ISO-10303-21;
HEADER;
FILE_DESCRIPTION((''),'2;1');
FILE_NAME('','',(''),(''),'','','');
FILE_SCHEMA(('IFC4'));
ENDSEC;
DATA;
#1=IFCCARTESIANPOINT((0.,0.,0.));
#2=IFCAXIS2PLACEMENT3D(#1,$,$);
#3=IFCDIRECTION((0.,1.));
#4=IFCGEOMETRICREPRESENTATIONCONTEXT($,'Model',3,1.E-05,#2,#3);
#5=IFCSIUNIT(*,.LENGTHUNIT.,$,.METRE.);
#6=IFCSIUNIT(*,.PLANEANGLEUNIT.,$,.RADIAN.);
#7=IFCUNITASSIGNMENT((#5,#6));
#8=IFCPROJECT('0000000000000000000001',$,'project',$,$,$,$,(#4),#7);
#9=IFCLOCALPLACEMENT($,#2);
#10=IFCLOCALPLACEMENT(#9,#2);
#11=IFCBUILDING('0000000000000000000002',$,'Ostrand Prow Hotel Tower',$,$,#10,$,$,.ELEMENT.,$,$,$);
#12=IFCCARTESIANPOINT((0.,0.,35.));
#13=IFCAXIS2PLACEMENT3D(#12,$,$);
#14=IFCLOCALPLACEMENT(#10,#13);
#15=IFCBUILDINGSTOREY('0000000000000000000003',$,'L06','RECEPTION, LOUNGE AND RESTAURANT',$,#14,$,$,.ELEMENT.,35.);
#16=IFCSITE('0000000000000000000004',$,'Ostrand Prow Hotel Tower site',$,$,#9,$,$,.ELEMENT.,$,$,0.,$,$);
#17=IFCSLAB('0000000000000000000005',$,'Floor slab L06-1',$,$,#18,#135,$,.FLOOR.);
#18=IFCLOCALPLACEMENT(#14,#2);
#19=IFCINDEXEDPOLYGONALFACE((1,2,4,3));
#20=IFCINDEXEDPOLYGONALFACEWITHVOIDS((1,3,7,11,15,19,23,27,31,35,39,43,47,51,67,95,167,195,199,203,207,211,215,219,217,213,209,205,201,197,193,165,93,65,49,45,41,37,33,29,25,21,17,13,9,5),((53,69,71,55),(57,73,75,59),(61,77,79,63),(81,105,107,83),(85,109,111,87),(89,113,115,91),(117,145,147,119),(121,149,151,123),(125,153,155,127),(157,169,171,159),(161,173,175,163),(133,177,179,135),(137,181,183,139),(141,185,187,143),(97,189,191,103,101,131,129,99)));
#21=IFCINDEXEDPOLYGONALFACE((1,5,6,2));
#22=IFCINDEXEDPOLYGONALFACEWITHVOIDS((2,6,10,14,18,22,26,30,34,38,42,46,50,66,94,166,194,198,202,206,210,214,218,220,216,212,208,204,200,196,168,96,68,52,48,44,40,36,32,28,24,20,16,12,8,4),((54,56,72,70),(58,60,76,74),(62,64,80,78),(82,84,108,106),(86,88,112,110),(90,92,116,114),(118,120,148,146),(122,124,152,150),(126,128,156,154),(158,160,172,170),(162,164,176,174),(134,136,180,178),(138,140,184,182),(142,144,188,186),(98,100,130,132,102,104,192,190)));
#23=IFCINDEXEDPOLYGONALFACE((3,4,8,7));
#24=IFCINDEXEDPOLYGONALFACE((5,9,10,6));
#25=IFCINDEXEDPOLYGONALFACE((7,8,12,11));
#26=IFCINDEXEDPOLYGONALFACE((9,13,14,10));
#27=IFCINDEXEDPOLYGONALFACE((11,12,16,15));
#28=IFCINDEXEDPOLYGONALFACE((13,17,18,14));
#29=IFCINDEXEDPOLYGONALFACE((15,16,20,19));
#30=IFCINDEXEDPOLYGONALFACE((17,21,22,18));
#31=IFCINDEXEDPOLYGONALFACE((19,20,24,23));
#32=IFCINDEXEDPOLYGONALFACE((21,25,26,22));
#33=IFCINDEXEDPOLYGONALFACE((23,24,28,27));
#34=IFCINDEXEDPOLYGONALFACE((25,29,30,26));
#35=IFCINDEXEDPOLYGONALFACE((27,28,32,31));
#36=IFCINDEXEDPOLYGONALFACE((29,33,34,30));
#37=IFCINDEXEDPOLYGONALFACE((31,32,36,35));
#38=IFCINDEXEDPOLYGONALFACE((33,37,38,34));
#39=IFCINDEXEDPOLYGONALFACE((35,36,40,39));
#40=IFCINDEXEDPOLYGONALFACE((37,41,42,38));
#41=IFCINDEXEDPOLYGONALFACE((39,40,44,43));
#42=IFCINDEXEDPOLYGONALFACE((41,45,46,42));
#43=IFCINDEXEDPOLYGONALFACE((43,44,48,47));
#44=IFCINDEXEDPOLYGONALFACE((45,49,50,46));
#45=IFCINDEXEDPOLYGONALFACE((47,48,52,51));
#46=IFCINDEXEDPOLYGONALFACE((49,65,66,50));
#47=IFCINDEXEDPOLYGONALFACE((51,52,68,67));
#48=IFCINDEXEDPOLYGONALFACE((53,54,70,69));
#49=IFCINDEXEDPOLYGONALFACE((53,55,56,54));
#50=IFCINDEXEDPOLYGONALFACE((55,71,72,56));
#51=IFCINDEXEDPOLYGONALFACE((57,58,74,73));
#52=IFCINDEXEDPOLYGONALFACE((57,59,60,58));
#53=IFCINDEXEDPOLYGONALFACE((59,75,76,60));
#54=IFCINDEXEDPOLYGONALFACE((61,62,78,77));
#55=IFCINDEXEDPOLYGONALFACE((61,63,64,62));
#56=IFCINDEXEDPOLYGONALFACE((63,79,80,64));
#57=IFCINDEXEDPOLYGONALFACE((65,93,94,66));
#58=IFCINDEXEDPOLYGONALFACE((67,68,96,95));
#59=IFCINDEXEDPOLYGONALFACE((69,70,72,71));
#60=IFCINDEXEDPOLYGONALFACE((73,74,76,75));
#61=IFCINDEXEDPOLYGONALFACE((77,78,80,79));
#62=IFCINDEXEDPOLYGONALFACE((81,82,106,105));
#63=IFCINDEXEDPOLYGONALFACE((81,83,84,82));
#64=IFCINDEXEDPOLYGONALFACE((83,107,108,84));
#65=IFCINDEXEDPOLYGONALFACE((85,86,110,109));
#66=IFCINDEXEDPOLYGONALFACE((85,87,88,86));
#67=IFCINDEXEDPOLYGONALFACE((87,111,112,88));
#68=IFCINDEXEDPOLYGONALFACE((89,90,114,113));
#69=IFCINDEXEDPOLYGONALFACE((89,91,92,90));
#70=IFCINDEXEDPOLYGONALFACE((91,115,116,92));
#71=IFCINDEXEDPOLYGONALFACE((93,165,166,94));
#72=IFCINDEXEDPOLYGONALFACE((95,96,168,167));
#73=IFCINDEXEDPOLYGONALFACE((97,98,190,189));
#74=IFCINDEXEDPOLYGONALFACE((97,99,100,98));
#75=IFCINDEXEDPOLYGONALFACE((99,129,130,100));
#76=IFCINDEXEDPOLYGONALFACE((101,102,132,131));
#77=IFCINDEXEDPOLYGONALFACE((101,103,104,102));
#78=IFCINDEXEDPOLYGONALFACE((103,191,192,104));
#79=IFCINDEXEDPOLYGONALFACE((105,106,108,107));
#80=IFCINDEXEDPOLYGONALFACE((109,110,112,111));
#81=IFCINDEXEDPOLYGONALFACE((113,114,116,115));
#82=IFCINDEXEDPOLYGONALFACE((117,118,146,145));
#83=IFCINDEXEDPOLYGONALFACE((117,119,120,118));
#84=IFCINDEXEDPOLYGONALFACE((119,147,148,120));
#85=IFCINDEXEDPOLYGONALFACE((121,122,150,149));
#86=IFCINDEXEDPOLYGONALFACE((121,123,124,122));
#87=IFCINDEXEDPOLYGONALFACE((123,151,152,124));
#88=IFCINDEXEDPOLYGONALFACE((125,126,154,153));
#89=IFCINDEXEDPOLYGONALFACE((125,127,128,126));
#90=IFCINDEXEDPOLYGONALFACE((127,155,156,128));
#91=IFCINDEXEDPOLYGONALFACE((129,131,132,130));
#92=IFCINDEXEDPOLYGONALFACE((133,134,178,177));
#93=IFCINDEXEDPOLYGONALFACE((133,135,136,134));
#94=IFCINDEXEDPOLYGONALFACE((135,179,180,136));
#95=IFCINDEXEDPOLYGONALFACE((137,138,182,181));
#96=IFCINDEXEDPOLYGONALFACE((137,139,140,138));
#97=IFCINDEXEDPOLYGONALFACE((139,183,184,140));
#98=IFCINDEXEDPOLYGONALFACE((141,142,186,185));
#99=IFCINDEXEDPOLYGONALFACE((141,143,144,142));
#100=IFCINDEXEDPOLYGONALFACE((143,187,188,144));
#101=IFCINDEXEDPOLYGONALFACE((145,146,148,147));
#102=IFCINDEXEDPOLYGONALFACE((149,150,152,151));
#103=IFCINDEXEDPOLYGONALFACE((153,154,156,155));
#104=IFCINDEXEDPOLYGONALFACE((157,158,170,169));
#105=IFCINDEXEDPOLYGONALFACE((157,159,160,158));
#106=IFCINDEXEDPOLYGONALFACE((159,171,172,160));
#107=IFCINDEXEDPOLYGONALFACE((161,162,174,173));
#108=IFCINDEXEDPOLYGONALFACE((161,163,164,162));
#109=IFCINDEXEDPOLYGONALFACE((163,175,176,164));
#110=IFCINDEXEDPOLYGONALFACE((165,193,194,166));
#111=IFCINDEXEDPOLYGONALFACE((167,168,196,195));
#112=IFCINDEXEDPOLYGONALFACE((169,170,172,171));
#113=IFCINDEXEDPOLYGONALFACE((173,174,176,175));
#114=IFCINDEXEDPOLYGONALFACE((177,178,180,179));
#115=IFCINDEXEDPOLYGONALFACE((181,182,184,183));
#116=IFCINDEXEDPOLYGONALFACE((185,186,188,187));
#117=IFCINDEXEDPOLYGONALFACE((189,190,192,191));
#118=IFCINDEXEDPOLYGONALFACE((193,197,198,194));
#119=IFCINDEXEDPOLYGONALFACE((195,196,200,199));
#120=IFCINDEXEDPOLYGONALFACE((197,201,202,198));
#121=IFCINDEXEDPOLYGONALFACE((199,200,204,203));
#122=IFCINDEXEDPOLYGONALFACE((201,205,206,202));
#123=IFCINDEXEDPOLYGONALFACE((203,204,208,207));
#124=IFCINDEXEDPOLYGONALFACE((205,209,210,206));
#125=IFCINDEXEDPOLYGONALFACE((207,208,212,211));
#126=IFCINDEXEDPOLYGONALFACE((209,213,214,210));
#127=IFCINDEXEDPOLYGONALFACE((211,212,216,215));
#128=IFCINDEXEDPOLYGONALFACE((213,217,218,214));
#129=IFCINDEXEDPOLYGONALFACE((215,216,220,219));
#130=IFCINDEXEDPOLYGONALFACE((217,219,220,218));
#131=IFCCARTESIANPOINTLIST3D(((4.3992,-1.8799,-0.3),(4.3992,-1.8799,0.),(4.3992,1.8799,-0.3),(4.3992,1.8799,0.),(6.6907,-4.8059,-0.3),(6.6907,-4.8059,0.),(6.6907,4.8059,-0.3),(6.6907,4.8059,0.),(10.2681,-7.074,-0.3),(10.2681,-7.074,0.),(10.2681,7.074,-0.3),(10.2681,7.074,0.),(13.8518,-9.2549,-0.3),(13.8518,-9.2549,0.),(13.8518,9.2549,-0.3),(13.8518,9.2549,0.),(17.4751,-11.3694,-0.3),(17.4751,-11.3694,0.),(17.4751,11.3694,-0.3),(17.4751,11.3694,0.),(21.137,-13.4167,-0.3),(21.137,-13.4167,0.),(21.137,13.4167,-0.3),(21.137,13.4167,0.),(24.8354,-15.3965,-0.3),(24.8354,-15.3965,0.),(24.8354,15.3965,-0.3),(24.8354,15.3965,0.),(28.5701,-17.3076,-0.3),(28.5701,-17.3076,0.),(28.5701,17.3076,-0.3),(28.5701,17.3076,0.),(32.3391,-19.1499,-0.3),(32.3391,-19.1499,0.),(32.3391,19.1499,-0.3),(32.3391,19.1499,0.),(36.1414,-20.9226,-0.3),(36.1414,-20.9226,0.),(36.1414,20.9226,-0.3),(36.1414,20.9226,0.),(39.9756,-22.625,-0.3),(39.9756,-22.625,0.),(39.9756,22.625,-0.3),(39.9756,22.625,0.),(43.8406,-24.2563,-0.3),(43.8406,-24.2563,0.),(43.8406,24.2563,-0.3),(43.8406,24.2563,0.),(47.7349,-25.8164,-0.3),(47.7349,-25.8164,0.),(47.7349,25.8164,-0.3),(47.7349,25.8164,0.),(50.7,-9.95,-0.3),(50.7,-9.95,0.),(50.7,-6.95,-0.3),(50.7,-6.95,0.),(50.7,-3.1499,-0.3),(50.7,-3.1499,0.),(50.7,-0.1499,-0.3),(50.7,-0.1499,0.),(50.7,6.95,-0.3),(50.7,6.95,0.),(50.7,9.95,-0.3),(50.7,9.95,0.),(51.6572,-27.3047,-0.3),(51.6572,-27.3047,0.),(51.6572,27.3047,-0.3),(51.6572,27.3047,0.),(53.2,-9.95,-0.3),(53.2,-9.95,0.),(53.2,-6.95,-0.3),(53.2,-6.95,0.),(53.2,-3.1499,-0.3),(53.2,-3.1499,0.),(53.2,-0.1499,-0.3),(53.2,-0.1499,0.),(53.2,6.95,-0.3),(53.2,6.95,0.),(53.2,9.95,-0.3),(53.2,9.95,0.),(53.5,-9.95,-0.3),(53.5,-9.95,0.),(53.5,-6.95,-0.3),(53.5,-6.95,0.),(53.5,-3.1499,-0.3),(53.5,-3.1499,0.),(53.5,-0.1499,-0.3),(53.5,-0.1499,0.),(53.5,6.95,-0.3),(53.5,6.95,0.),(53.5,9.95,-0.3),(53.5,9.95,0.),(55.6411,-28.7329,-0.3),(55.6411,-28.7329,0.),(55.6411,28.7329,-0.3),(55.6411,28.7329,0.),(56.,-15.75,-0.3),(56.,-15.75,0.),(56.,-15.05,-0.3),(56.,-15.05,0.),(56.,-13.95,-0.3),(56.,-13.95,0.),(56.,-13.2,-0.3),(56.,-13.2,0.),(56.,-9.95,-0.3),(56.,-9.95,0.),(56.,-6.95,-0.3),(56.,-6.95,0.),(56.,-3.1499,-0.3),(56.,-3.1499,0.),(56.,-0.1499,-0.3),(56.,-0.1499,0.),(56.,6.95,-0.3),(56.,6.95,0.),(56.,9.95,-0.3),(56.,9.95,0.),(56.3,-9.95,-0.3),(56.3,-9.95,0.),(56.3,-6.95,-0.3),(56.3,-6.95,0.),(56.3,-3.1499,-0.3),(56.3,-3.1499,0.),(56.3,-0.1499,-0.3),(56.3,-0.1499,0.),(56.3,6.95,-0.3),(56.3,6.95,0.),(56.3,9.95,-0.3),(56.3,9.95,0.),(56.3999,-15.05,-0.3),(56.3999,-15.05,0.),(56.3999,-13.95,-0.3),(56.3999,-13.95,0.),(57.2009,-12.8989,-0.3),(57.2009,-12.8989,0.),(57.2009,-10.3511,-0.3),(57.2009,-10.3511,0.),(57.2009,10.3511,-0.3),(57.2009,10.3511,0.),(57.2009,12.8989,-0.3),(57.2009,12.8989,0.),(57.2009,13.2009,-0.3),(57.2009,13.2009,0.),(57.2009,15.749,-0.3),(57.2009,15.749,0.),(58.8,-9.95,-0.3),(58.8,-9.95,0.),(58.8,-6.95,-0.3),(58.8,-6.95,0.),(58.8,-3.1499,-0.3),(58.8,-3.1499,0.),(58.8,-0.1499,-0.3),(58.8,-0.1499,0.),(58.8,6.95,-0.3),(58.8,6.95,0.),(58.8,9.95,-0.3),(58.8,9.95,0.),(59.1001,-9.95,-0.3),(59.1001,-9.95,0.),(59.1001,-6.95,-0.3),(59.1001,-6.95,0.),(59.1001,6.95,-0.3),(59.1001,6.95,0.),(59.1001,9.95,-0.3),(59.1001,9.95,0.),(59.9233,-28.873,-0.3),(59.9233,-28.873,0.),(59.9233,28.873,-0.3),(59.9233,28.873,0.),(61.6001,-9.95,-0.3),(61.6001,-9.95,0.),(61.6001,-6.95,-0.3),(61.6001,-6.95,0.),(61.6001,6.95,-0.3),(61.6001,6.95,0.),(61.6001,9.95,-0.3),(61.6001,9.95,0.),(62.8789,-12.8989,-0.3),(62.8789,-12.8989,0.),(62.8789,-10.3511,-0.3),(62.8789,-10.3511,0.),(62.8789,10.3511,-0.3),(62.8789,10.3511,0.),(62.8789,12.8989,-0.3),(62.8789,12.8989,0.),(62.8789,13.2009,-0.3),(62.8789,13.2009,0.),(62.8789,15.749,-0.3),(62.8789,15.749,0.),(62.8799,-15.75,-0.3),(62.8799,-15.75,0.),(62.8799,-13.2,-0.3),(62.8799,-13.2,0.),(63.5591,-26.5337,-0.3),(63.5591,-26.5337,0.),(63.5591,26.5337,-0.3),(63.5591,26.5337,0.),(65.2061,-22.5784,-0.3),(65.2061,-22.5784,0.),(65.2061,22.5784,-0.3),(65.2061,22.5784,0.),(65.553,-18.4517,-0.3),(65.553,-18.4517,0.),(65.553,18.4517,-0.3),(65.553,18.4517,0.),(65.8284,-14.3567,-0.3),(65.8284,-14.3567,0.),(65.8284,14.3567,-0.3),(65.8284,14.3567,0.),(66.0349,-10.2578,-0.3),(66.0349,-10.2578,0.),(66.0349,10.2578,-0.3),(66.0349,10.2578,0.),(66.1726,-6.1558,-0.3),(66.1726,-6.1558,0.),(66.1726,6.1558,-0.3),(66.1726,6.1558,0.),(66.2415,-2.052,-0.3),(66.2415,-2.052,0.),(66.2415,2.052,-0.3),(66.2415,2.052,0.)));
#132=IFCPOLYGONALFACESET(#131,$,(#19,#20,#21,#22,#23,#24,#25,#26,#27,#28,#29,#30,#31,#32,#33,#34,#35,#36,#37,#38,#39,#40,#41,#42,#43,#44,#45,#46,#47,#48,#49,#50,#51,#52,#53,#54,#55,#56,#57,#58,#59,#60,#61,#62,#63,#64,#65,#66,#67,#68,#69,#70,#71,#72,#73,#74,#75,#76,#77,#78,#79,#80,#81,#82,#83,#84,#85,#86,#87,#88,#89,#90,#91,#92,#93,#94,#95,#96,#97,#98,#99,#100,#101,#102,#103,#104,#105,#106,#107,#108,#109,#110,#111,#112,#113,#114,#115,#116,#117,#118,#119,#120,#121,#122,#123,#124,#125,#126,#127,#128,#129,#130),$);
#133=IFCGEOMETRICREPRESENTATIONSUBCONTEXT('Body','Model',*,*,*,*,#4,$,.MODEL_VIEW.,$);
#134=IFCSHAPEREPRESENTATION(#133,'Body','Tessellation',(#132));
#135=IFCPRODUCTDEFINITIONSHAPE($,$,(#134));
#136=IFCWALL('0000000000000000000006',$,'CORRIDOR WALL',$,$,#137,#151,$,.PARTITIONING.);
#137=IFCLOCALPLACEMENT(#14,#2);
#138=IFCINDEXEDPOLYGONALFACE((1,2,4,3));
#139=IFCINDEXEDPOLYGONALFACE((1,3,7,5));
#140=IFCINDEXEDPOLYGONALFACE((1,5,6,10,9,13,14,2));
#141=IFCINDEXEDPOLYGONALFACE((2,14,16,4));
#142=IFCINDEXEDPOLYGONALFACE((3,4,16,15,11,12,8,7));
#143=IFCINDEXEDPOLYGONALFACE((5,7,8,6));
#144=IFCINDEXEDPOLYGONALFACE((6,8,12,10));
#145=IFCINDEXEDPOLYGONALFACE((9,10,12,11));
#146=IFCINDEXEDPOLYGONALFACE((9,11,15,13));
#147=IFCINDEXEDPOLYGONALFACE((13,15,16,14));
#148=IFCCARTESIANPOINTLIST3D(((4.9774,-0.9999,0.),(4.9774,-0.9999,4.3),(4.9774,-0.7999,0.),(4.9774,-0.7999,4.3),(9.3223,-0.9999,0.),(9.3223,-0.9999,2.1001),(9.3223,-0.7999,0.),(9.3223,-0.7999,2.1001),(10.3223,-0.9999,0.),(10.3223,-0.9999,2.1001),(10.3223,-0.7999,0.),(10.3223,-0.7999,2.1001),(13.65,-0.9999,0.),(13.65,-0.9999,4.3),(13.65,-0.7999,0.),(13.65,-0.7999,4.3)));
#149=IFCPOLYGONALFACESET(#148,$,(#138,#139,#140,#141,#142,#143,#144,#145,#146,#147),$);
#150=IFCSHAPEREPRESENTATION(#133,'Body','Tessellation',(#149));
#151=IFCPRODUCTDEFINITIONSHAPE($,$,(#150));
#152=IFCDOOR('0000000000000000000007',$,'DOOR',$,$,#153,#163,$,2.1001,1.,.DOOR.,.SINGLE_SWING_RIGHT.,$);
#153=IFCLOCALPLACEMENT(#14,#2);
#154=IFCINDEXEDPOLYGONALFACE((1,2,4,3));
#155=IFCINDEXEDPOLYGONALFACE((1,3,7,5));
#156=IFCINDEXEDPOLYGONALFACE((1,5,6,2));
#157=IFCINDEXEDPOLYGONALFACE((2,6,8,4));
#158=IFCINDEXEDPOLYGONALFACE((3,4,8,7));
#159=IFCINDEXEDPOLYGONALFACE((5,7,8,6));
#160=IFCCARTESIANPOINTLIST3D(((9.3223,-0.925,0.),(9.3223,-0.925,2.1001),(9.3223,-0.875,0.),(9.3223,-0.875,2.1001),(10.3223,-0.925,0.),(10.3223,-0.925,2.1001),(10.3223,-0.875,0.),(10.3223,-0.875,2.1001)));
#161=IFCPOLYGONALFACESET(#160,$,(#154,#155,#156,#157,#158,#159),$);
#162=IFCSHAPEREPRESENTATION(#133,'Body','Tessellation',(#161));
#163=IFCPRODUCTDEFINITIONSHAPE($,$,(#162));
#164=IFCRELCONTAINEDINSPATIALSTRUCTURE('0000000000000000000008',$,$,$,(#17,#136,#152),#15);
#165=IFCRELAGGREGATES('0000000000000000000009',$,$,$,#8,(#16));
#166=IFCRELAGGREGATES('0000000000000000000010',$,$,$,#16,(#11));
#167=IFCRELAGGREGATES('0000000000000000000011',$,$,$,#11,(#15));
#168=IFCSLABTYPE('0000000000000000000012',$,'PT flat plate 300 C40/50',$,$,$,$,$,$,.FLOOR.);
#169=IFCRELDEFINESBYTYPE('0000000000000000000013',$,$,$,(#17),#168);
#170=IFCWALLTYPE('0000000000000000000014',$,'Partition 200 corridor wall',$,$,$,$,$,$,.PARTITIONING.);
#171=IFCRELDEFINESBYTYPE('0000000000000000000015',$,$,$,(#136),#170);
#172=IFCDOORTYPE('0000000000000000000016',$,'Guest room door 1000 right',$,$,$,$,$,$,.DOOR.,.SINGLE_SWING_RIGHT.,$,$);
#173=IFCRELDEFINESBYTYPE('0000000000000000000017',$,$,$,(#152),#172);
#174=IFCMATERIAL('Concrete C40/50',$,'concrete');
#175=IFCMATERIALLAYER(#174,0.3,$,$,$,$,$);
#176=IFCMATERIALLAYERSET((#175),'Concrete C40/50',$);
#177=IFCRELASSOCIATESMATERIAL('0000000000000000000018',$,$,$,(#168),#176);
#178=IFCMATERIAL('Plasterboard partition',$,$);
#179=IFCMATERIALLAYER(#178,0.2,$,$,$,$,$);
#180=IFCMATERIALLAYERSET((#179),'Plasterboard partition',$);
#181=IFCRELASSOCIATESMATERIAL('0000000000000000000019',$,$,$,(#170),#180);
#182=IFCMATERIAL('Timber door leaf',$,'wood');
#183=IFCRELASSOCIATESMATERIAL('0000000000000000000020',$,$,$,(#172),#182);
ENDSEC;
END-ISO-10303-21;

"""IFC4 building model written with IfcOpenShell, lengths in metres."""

from ifc_helpers import new_model, si_unit, direction, frame, frame_2d, origin, place, context, subcontext, project, spatial, polyline, rectangle, outline, extrude, material, layer, layer_set, type_object, element, fill, save


model = new_model("IFC4")

# Units and contexts
model_context = context("Model", 3, precision=1e-05, world=origin(), true_north=direction((0.0, 1.0)))
body_context = subcontext(model_context, "Body", "Model", "MODEL_VIEW")
ifc_project = project(units=[si_unit("LENGTHUNIT", "METRE"), si_unit("PLANEANGLEUNIT", "RADIAN")], contexts=[model_context])

# Site, building, storey
site_placement = place(None, origin())
site = spatial("IfcSite", under=ifc_project, at=site_placement, Name="Ostrand Prow Hotel Tower site", CompositionType="ELEMENT", RefElevation=0.0)
building_placement = place(site_placement, origin())
building = spatial("IfcBuilding", under=site, at=building_placement, Name="Ostrand Prow Hotel Tower", CompositionType="ELEMENT")
storey_placement = place(building_placement, frame((0.0, 0.0, 35.0)))
storey = spatial("IfcBuildingStorey", under=building, at=storey_placement, Name="L06", Description="RECEPTION, LOUNGE AND RESTAURANT", CompositionType="ELEMENT", Elevation=35.0)

# Slab, opening
ifc_material_1 = material(Name="Concrete C40/50", Category="concrete")
ifc_layer_1 = layer(ifc_material_1, 0.3)
ifc_layer_set_1 = layer_set([ifc_layer_1], Name="Concrete C40/50")
slab_type = type_object("IfcSlabType", Name="PT flat plate 300 C40/50", PredefinedType="FLOOR", material=ifc_layer_set_1)
slab_placement = place(storey_placement, frame((0.0, 0.0, -0.3)))
slab = element("IfcSlab", 1, at=slab_placement, inside=storey, type_object=slab_type, Name="Floor slab L06-1", PredefinedType="FLOOR", context=body_context, shape_type="SweptSolid", body=[
    extrude(outline(polyline([(6.6907, 4.8059), (10.2681, 7.074), (13.8518, 9.2549), (17.4751, 11.3694), (21.137, 13.4167), (24.8354, 15.3965), (28.5701, 17.3076), (32.3391, 19.1499), (36.1414, 20.9226), (39.9756, 22.625), (43.8406, 24.2563), (47.7349, 25.8164), (51.6572, 27.3047), (55.6411, 28.7329), (59.9233, 28.873), (63.5591, 26.5337), (65.2061, 22.5784), (65.553, 18.4517), (65.8284, 14.3567), (66.0349, 10.2578), (66.1726, 6.1558), (66.2415, 2.052), (66.2415, -2.052), (66.1726, -6.1558), (66.0349, -10.2578), (65.8284, -14.3567), (65.553, -18.4517), (65.2061, -22.5784), (63.5591, -26.5337), (59.9233, -28.873), (55.6411, -28.7329), (51.6572, -27.3047), (47.7349, -25.8164), (43.8406, -24.2563), (39.9756, -22.625), (36.1414, -20.9226), (32.3391, -19.1499), (28.5701, -17.3076), (24.8354, -15.3965), (21.137, -13.4167), (17.4751, -11.3694), (13.8518, -9.2549), (10.2681, -7.074), (6.6907, -4.8059), (4.3992, -1.8799), (4.3992, 1.8799), (6.6907, 4.8059)]), holes=[polyline([(50.7, 6.95), (53.2, 6.95), (53.2, 9.95), (50.7, 9.95), (50.7, 6.95)]), polyline([(53.5, 6.95), (56.0, 6.95), (56.0, 9.95), (53.5, 9.95), (53.5, 6.95)]), polyline([(56.3, 6.95), (58.8, 6.95), (58.8, 9.95), (56.3, 9.95), (56.3, 6.95)]), polyline([(59.1001, 6.95), (61.6001, 6.95), (61.6001, 9.95), (59.1001, 9.95), (59.1001, 6.95)]), polyline([(50.7, -3.1499), (53.2, -3.1499), (53.2, -0.1499), (50.7, -0.1499), (50.7, -3.1499)]), polyline([(53.5, -3.1499), (56.0, -3.1499), (56.0, -0.1499), (53.5, -0.1499), (53.5, -3.1499)]), polyline([(56.3, -3.1499), (58.8, -3.1499), (58.8, -0.1499), (56.3, -0.1499), (56.3, -3.1499)]), polyline([(50.7, -9.95), (53.2, -9.95), (53.2, -6.95), (50.7, -6.95), (50.7, -9.95)]), polyline([(53.5, -9.95), (56.0, -9.95), (56.0, -6.95), (53.5, -6.95), (53.5, -9.95)]), polyline([(56.3, -9.95), (58.8, -9.95), (58.8, -6.95), (56.3, -6.95), (56.3, -9.95)]), polyline([(59.1001, -9.95), (61.6001, -9.95), (61.6001, -6.95), (59.1001, -6.95), (59.1001, -9.95)]), polyline([(57.2009, 10.3511), (57.2009, 12.8989), (62.8789, 12.8989), (62.8789, 10.3511), (57.2009, 10.3511)]), polyline([(57.2009, 13.2009), (57.2009, 15.749), (62.8789, 15.749), (62.8789, 13.2009), (57.2009, 13.2009)]), polyline([(57.2009, -12.8989), (57.2009, -10.3511), (62.8789, -10.3511), (62.8789, -12.8989), (57.2009, -12.8989)]), polyline([(56.0, -13.2), (62.8799, -13.2), (62.8799, -15.75), (56.0, -15.75), (56.0, -15.05), (56.3999, -15.05), (56.3999, -13.95), (56.0, -13.95), (56.0, -13.2)])]), origin(), (0.0, 0.0, 1.0), 0.3),
])
opening_1_placement = place(slab_placement, origin())
element("IfcOpeningElement", 2, at=opening_1_placement, cuts=slab, PredefinedType="OPENING", context=body_context, shape_type="SweptSolid", body=[
    extrude(outline(polyline([(56.0, -13.2), (62.8799, -13.2), (62.8799, -15.75), (56.0, -15.75), (56.0, -15.05), (56.3999, -15.05), (56.3999, -13.95), (56.0, -13.95), (56.0, -13.2)])), origin(), (0.0, 0.0, 1.0), 0.3),
])

# Wall, opening, door
ifc_material_2 = material(Name="Plasterboard partition")
ifc_layer_2 = layer(ifc_material_2, 0.2)
ifc_layer_set_2 = layer_set([ifc_layer_2], Name="Plasterboard partition")
wall_type_1 = type_object("IfcWallType", Name="Partition 200 corridor wall", PredefinedType="PARTITIONING", material=ifc_layer_set_2)
wall_1_placement = place(storey_placement, frame((4.9773, -0.8999, 0.0), z_axis=(0.0, 0.0, 1.0), x_axis=(1.0, 0.0, 0.0)))
wall_1 = element("IfcWall", 3, at=wall_1_placement, inside=storey, type_object=wall_type_1, Name="CORRIDOR WALL", PredefinedType="PARTITIONING", context=body_context, shape_type="SweptSolid", body=[
    extrude(rectangle(XDim=8.6726, YDim=0.2, at=frame_2d((4.3364, 0.0))), origin(), (0.0, 0.0, 1.0), 4.3),
])
opening_2_placement = place(wall_1_placement, frame((4.345, 0.0, 0.0)))
opening_2 = element("IfcOpeningElement", 4, at=opening_2_placement, cuts=wall_1, PredefinedType="OPENING", context=body_context, shape_type="SweptSolid", body=[
    extrude(rectangle(XDim=1.0, YDim=2.1001, at=frame_2d((0.5, 1.05))), frame((0.0, 0.1099, 0.0), z_axis=(0.0, -1.0, 0.0), x_axis=(1.0, 0.0, 0.0)), (0.0, 0.0, 1.0), 0.22),
])
ifc_material_3 = material(Name="Timber door leaf", Category="wood")
door_type = type_object("IfcDoorType", Name="Guest room door 1000 right", OperationType="SINGLE_SWING_RIGHT", PredefinedType="DOOR", material=ifc_material_3)
door_placement = place(opening_2_placement, origin())
door = element("IfcDoor", 5, at=door_placement, inside=storey, type_object=door_type, Name="DOOR", OperationType="SINGLE_SWING_RIGHT", OverallHeight=2.1001, OverallWidth=1.0, PredefinedType="DOOR", context=body_context, shape_type="SweptSolid", body=[
    extrude(rectangle(XDim=1.0, YDim=2.1001, at=frame_2d((0.5, 1.05))), frame((0.0, 0.0249, 0.0), z_axis=(0.0, -1.0, 0.0), x_axis=(1.0, 0.0, 0.0)), (0.0, 0.0, 1.0), 0.05),
])
fill(opening_2, door)

save(model, "model.ifc")
